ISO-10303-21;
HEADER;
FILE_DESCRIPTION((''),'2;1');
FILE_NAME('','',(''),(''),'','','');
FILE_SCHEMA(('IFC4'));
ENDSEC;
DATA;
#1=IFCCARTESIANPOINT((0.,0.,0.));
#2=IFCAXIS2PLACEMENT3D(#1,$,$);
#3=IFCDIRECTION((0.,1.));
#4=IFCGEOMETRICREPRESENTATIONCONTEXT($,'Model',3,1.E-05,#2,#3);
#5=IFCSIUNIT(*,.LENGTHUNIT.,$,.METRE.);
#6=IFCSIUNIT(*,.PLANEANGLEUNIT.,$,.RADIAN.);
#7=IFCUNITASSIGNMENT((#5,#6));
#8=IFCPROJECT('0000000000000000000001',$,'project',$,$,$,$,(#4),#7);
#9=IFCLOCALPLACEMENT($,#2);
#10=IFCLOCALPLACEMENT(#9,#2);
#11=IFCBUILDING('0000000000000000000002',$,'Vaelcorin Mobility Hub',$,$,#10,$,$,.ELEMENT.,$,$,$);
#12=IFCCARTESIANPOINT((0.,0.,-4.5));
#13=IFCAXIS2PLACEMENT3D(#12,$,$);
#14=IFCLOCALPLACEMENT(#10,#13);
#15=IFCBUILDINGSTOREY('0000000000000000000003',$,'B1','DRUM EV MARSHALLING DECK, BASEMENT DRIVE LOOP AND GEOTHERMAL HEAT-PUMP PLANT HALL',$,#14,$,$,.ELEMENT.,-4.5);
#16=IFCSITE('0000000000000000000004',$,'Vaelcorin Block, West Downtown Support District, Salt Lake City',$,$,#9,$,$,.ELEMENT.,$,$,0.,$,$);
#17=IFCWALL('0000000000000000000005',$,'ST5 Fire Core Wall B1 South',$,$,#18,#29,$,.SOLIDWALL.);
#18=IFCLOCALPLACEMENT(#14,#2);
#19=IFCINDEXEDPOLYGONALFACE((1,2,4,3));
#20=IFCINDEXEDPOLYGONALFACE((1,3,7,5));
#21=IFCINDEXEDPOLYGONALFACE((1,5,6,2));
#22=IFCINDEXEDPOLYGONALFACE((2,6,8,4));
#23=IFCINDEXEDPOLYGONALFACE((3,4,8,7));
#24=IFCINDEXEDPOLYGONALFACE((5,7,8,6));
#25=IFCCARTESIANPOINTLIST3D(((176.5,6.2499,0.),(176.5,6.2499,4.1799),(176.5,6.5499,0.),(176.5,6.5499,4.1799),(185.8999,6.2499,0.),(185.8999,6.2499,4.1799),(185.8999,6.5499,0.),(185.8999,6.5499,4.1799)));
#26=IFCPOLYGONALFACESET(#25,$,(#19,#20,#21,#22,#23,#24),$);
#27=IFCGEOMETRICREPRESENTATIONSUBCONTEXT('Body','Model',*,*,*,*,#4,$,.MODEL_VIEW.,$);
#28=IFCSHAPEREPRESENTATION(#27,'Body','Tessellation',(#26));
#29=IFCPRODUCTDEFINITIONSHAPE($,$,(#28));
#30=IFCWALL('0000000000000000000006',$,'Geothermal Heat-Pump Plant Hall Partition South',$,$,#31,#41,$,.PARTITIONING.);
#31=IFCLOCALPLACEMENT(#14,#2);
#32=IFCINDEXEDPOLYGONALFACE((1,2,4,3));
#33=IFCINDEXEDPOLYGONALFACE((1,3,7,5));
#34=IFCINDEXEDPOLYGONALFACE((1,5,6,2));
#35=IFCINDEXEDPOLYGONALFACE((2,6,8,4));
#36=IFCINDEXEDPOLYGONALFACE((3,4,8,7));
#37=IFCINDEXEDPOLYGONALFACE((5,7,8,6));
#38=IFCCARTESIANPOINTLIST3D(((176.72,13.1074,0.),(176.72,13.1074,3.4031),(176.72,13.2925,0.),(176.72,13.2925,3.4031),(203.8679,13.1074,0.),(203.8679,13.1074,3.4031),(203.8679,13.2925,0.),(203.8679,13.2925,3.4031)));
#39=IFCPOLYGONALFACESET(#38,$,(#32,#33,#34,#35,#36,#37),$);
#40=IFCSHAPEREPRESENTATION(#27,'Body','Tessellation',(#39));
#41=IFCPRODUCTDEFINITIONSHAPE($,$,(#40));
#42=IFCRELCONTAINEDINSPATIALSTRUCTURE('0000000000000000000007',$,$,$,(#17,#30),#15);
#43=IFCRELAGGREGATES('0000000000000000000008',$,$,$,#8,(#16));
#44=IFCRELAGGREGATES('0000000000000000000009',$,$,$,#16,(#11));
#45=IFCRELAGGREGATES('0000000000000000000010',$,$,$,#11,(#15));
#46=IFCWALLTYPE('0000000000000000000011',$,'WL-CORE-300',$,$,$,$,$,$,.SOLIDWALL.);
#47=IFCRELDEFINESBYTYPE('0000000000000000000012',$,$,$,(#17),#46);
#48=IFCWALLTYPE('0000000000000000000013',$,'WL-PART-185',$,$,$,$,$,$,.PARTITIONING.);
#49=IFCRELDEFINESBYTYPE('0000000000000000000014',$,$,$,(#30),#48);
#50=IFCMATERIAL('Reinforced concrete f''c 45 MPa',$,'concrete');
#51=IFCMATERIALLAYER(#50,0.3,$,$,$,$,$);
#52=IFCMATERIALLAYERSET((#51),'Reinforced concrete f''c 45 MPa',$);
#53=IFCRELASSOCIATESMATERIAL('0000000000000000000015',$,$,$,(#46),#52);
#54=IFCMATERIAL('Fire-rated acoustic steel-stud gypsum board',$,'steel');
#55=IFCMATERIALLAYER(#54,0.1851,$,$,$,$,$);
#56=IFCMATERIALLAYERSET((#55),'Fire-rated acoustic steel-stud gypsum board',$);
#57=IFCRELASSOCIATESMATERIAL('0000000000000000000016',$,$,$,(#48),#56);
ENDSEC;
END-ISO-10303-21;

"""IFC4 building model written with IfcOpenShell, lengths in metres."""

from ifc_helpers import new_model, si_unit, direction, frame, frame_2d, origin, place, context, subcontext, project, spatial, rectangle, extrude, material, layer, layer_set, type_object, element, save


model = new_model("IFC4")

# Units and contexts
model_context = context("Model", 3, precision=1e-05, world=origin(), true_north=direction((0.0, 1.0)))
body_context = subcontext(model_context, "Body", "Model", "MODEL_VIEW")
ifc_project = project(units=[si_unit("LENGTHUNIT", "METRE"), si_unit("PLANEANGLEUNIT", "RADIAN")], contexts=[model_context])

# Site, building, storey
site_placement = place(None, origin())
site = spatial("IfcSite", under=ifc_project, at=site_placement, Name="Vaelcorin Block, West Downtown Support District, Salt Lake City", CompositionType="ELEMENT", RefElevation=0.0)
building_placement = place(site_placement, origin())
building = spatial("IfcBuilding", under=site, at=building_placement, Name="Vaelcorin Mobility Hub", CompositionType="ELEMENT")
storey_placement = place(building_placement, frame((0.0, 0.0, -4.5)))
storey = spatial("IfcBuildingStorey", under=building, at=storey_placement, Name="B1", Description="DRUM EV MARSHALLING DECK, BASEMENT DRIVE LOOP AND GEOTHERMAL HEAT-PUMP PLANT HALL", CompositionType="ELEMENT", Elevation=-4.5)

# Walls
ifc_material_1 = material(Name="Reinforced concrete f'c 45 MPa", Category="concrete")
ifc_layer_1 = layer(ifc_material_1, 0.3)
ifc_layer_set_1 = layer_set([ifc_layer_1], Name="Reinforced concrete f'c 45 MPa")
wall_type_1 = type_object("IfcWallType", Name="WL-CORE-300", PredefinedType="SOLIDWALL", material=ifc_layer_set_1)
wall_1_placement = place(storey_placement, frame((185.8999, 6.3999, 0.0), z_axis=(0.0, 0.0, 1.0), x_axis=(-1.0, 0.0, 0.0)))
element("IfcWall", 1, at=wall_1_placement, inside=storey, type_object=wall_type_1, Name="ST5 Fire Core Wall B1 South", PredefinedType="SOLIDWALL", context=body_context, shape_type="SweptSolid", body=[
    extrude(rectangle(XDim=9.3999, YDim=0.3, at=frame_2d((4.7, 0.0))), origin(), (0.0, 0.0, 1.0), 4.1799),
])
ifc_material_2 = material(Name="Fire-rated acoustic steel-stud gypsum board", Category="steel")
ifc_layer_2 = layer(ifc_material_2, 0.1851)
ifc_layer_set_2 = layer_set([ifc_layer_2], Name="Fire-rated acoustic steel-stud gypsum board")
wall_type_2 = type_object("IfcWallType", Name="WL-PART-185", PredefinedType="PARTITIONING", material=ifc_layer_set_2)
wall_2_placement = place(storey_placement, frame((203.8679, 13.2, 0.0), z_axis=(0.0, 0.0, 1.0), x_axis=(-1.0, 0.0, 0.0)))
element("IfcWall", 2, at=wall_2_placement, inside=storey, type_object=wall_type_2, Name="Geothermal Heat-Pump Plant Hall Partition South", PredefinedType="PARTITIONING", context=body_context, shape_type="SweptSolid", body=[
    extrude(rectangle(XDim=27.1479, YDim=0.1851, at=frame_2d((13.574, 0.0))), origin(), (0.0, 0.0, 1.0), 3.4031),
])

save(model, "model.ifc")
